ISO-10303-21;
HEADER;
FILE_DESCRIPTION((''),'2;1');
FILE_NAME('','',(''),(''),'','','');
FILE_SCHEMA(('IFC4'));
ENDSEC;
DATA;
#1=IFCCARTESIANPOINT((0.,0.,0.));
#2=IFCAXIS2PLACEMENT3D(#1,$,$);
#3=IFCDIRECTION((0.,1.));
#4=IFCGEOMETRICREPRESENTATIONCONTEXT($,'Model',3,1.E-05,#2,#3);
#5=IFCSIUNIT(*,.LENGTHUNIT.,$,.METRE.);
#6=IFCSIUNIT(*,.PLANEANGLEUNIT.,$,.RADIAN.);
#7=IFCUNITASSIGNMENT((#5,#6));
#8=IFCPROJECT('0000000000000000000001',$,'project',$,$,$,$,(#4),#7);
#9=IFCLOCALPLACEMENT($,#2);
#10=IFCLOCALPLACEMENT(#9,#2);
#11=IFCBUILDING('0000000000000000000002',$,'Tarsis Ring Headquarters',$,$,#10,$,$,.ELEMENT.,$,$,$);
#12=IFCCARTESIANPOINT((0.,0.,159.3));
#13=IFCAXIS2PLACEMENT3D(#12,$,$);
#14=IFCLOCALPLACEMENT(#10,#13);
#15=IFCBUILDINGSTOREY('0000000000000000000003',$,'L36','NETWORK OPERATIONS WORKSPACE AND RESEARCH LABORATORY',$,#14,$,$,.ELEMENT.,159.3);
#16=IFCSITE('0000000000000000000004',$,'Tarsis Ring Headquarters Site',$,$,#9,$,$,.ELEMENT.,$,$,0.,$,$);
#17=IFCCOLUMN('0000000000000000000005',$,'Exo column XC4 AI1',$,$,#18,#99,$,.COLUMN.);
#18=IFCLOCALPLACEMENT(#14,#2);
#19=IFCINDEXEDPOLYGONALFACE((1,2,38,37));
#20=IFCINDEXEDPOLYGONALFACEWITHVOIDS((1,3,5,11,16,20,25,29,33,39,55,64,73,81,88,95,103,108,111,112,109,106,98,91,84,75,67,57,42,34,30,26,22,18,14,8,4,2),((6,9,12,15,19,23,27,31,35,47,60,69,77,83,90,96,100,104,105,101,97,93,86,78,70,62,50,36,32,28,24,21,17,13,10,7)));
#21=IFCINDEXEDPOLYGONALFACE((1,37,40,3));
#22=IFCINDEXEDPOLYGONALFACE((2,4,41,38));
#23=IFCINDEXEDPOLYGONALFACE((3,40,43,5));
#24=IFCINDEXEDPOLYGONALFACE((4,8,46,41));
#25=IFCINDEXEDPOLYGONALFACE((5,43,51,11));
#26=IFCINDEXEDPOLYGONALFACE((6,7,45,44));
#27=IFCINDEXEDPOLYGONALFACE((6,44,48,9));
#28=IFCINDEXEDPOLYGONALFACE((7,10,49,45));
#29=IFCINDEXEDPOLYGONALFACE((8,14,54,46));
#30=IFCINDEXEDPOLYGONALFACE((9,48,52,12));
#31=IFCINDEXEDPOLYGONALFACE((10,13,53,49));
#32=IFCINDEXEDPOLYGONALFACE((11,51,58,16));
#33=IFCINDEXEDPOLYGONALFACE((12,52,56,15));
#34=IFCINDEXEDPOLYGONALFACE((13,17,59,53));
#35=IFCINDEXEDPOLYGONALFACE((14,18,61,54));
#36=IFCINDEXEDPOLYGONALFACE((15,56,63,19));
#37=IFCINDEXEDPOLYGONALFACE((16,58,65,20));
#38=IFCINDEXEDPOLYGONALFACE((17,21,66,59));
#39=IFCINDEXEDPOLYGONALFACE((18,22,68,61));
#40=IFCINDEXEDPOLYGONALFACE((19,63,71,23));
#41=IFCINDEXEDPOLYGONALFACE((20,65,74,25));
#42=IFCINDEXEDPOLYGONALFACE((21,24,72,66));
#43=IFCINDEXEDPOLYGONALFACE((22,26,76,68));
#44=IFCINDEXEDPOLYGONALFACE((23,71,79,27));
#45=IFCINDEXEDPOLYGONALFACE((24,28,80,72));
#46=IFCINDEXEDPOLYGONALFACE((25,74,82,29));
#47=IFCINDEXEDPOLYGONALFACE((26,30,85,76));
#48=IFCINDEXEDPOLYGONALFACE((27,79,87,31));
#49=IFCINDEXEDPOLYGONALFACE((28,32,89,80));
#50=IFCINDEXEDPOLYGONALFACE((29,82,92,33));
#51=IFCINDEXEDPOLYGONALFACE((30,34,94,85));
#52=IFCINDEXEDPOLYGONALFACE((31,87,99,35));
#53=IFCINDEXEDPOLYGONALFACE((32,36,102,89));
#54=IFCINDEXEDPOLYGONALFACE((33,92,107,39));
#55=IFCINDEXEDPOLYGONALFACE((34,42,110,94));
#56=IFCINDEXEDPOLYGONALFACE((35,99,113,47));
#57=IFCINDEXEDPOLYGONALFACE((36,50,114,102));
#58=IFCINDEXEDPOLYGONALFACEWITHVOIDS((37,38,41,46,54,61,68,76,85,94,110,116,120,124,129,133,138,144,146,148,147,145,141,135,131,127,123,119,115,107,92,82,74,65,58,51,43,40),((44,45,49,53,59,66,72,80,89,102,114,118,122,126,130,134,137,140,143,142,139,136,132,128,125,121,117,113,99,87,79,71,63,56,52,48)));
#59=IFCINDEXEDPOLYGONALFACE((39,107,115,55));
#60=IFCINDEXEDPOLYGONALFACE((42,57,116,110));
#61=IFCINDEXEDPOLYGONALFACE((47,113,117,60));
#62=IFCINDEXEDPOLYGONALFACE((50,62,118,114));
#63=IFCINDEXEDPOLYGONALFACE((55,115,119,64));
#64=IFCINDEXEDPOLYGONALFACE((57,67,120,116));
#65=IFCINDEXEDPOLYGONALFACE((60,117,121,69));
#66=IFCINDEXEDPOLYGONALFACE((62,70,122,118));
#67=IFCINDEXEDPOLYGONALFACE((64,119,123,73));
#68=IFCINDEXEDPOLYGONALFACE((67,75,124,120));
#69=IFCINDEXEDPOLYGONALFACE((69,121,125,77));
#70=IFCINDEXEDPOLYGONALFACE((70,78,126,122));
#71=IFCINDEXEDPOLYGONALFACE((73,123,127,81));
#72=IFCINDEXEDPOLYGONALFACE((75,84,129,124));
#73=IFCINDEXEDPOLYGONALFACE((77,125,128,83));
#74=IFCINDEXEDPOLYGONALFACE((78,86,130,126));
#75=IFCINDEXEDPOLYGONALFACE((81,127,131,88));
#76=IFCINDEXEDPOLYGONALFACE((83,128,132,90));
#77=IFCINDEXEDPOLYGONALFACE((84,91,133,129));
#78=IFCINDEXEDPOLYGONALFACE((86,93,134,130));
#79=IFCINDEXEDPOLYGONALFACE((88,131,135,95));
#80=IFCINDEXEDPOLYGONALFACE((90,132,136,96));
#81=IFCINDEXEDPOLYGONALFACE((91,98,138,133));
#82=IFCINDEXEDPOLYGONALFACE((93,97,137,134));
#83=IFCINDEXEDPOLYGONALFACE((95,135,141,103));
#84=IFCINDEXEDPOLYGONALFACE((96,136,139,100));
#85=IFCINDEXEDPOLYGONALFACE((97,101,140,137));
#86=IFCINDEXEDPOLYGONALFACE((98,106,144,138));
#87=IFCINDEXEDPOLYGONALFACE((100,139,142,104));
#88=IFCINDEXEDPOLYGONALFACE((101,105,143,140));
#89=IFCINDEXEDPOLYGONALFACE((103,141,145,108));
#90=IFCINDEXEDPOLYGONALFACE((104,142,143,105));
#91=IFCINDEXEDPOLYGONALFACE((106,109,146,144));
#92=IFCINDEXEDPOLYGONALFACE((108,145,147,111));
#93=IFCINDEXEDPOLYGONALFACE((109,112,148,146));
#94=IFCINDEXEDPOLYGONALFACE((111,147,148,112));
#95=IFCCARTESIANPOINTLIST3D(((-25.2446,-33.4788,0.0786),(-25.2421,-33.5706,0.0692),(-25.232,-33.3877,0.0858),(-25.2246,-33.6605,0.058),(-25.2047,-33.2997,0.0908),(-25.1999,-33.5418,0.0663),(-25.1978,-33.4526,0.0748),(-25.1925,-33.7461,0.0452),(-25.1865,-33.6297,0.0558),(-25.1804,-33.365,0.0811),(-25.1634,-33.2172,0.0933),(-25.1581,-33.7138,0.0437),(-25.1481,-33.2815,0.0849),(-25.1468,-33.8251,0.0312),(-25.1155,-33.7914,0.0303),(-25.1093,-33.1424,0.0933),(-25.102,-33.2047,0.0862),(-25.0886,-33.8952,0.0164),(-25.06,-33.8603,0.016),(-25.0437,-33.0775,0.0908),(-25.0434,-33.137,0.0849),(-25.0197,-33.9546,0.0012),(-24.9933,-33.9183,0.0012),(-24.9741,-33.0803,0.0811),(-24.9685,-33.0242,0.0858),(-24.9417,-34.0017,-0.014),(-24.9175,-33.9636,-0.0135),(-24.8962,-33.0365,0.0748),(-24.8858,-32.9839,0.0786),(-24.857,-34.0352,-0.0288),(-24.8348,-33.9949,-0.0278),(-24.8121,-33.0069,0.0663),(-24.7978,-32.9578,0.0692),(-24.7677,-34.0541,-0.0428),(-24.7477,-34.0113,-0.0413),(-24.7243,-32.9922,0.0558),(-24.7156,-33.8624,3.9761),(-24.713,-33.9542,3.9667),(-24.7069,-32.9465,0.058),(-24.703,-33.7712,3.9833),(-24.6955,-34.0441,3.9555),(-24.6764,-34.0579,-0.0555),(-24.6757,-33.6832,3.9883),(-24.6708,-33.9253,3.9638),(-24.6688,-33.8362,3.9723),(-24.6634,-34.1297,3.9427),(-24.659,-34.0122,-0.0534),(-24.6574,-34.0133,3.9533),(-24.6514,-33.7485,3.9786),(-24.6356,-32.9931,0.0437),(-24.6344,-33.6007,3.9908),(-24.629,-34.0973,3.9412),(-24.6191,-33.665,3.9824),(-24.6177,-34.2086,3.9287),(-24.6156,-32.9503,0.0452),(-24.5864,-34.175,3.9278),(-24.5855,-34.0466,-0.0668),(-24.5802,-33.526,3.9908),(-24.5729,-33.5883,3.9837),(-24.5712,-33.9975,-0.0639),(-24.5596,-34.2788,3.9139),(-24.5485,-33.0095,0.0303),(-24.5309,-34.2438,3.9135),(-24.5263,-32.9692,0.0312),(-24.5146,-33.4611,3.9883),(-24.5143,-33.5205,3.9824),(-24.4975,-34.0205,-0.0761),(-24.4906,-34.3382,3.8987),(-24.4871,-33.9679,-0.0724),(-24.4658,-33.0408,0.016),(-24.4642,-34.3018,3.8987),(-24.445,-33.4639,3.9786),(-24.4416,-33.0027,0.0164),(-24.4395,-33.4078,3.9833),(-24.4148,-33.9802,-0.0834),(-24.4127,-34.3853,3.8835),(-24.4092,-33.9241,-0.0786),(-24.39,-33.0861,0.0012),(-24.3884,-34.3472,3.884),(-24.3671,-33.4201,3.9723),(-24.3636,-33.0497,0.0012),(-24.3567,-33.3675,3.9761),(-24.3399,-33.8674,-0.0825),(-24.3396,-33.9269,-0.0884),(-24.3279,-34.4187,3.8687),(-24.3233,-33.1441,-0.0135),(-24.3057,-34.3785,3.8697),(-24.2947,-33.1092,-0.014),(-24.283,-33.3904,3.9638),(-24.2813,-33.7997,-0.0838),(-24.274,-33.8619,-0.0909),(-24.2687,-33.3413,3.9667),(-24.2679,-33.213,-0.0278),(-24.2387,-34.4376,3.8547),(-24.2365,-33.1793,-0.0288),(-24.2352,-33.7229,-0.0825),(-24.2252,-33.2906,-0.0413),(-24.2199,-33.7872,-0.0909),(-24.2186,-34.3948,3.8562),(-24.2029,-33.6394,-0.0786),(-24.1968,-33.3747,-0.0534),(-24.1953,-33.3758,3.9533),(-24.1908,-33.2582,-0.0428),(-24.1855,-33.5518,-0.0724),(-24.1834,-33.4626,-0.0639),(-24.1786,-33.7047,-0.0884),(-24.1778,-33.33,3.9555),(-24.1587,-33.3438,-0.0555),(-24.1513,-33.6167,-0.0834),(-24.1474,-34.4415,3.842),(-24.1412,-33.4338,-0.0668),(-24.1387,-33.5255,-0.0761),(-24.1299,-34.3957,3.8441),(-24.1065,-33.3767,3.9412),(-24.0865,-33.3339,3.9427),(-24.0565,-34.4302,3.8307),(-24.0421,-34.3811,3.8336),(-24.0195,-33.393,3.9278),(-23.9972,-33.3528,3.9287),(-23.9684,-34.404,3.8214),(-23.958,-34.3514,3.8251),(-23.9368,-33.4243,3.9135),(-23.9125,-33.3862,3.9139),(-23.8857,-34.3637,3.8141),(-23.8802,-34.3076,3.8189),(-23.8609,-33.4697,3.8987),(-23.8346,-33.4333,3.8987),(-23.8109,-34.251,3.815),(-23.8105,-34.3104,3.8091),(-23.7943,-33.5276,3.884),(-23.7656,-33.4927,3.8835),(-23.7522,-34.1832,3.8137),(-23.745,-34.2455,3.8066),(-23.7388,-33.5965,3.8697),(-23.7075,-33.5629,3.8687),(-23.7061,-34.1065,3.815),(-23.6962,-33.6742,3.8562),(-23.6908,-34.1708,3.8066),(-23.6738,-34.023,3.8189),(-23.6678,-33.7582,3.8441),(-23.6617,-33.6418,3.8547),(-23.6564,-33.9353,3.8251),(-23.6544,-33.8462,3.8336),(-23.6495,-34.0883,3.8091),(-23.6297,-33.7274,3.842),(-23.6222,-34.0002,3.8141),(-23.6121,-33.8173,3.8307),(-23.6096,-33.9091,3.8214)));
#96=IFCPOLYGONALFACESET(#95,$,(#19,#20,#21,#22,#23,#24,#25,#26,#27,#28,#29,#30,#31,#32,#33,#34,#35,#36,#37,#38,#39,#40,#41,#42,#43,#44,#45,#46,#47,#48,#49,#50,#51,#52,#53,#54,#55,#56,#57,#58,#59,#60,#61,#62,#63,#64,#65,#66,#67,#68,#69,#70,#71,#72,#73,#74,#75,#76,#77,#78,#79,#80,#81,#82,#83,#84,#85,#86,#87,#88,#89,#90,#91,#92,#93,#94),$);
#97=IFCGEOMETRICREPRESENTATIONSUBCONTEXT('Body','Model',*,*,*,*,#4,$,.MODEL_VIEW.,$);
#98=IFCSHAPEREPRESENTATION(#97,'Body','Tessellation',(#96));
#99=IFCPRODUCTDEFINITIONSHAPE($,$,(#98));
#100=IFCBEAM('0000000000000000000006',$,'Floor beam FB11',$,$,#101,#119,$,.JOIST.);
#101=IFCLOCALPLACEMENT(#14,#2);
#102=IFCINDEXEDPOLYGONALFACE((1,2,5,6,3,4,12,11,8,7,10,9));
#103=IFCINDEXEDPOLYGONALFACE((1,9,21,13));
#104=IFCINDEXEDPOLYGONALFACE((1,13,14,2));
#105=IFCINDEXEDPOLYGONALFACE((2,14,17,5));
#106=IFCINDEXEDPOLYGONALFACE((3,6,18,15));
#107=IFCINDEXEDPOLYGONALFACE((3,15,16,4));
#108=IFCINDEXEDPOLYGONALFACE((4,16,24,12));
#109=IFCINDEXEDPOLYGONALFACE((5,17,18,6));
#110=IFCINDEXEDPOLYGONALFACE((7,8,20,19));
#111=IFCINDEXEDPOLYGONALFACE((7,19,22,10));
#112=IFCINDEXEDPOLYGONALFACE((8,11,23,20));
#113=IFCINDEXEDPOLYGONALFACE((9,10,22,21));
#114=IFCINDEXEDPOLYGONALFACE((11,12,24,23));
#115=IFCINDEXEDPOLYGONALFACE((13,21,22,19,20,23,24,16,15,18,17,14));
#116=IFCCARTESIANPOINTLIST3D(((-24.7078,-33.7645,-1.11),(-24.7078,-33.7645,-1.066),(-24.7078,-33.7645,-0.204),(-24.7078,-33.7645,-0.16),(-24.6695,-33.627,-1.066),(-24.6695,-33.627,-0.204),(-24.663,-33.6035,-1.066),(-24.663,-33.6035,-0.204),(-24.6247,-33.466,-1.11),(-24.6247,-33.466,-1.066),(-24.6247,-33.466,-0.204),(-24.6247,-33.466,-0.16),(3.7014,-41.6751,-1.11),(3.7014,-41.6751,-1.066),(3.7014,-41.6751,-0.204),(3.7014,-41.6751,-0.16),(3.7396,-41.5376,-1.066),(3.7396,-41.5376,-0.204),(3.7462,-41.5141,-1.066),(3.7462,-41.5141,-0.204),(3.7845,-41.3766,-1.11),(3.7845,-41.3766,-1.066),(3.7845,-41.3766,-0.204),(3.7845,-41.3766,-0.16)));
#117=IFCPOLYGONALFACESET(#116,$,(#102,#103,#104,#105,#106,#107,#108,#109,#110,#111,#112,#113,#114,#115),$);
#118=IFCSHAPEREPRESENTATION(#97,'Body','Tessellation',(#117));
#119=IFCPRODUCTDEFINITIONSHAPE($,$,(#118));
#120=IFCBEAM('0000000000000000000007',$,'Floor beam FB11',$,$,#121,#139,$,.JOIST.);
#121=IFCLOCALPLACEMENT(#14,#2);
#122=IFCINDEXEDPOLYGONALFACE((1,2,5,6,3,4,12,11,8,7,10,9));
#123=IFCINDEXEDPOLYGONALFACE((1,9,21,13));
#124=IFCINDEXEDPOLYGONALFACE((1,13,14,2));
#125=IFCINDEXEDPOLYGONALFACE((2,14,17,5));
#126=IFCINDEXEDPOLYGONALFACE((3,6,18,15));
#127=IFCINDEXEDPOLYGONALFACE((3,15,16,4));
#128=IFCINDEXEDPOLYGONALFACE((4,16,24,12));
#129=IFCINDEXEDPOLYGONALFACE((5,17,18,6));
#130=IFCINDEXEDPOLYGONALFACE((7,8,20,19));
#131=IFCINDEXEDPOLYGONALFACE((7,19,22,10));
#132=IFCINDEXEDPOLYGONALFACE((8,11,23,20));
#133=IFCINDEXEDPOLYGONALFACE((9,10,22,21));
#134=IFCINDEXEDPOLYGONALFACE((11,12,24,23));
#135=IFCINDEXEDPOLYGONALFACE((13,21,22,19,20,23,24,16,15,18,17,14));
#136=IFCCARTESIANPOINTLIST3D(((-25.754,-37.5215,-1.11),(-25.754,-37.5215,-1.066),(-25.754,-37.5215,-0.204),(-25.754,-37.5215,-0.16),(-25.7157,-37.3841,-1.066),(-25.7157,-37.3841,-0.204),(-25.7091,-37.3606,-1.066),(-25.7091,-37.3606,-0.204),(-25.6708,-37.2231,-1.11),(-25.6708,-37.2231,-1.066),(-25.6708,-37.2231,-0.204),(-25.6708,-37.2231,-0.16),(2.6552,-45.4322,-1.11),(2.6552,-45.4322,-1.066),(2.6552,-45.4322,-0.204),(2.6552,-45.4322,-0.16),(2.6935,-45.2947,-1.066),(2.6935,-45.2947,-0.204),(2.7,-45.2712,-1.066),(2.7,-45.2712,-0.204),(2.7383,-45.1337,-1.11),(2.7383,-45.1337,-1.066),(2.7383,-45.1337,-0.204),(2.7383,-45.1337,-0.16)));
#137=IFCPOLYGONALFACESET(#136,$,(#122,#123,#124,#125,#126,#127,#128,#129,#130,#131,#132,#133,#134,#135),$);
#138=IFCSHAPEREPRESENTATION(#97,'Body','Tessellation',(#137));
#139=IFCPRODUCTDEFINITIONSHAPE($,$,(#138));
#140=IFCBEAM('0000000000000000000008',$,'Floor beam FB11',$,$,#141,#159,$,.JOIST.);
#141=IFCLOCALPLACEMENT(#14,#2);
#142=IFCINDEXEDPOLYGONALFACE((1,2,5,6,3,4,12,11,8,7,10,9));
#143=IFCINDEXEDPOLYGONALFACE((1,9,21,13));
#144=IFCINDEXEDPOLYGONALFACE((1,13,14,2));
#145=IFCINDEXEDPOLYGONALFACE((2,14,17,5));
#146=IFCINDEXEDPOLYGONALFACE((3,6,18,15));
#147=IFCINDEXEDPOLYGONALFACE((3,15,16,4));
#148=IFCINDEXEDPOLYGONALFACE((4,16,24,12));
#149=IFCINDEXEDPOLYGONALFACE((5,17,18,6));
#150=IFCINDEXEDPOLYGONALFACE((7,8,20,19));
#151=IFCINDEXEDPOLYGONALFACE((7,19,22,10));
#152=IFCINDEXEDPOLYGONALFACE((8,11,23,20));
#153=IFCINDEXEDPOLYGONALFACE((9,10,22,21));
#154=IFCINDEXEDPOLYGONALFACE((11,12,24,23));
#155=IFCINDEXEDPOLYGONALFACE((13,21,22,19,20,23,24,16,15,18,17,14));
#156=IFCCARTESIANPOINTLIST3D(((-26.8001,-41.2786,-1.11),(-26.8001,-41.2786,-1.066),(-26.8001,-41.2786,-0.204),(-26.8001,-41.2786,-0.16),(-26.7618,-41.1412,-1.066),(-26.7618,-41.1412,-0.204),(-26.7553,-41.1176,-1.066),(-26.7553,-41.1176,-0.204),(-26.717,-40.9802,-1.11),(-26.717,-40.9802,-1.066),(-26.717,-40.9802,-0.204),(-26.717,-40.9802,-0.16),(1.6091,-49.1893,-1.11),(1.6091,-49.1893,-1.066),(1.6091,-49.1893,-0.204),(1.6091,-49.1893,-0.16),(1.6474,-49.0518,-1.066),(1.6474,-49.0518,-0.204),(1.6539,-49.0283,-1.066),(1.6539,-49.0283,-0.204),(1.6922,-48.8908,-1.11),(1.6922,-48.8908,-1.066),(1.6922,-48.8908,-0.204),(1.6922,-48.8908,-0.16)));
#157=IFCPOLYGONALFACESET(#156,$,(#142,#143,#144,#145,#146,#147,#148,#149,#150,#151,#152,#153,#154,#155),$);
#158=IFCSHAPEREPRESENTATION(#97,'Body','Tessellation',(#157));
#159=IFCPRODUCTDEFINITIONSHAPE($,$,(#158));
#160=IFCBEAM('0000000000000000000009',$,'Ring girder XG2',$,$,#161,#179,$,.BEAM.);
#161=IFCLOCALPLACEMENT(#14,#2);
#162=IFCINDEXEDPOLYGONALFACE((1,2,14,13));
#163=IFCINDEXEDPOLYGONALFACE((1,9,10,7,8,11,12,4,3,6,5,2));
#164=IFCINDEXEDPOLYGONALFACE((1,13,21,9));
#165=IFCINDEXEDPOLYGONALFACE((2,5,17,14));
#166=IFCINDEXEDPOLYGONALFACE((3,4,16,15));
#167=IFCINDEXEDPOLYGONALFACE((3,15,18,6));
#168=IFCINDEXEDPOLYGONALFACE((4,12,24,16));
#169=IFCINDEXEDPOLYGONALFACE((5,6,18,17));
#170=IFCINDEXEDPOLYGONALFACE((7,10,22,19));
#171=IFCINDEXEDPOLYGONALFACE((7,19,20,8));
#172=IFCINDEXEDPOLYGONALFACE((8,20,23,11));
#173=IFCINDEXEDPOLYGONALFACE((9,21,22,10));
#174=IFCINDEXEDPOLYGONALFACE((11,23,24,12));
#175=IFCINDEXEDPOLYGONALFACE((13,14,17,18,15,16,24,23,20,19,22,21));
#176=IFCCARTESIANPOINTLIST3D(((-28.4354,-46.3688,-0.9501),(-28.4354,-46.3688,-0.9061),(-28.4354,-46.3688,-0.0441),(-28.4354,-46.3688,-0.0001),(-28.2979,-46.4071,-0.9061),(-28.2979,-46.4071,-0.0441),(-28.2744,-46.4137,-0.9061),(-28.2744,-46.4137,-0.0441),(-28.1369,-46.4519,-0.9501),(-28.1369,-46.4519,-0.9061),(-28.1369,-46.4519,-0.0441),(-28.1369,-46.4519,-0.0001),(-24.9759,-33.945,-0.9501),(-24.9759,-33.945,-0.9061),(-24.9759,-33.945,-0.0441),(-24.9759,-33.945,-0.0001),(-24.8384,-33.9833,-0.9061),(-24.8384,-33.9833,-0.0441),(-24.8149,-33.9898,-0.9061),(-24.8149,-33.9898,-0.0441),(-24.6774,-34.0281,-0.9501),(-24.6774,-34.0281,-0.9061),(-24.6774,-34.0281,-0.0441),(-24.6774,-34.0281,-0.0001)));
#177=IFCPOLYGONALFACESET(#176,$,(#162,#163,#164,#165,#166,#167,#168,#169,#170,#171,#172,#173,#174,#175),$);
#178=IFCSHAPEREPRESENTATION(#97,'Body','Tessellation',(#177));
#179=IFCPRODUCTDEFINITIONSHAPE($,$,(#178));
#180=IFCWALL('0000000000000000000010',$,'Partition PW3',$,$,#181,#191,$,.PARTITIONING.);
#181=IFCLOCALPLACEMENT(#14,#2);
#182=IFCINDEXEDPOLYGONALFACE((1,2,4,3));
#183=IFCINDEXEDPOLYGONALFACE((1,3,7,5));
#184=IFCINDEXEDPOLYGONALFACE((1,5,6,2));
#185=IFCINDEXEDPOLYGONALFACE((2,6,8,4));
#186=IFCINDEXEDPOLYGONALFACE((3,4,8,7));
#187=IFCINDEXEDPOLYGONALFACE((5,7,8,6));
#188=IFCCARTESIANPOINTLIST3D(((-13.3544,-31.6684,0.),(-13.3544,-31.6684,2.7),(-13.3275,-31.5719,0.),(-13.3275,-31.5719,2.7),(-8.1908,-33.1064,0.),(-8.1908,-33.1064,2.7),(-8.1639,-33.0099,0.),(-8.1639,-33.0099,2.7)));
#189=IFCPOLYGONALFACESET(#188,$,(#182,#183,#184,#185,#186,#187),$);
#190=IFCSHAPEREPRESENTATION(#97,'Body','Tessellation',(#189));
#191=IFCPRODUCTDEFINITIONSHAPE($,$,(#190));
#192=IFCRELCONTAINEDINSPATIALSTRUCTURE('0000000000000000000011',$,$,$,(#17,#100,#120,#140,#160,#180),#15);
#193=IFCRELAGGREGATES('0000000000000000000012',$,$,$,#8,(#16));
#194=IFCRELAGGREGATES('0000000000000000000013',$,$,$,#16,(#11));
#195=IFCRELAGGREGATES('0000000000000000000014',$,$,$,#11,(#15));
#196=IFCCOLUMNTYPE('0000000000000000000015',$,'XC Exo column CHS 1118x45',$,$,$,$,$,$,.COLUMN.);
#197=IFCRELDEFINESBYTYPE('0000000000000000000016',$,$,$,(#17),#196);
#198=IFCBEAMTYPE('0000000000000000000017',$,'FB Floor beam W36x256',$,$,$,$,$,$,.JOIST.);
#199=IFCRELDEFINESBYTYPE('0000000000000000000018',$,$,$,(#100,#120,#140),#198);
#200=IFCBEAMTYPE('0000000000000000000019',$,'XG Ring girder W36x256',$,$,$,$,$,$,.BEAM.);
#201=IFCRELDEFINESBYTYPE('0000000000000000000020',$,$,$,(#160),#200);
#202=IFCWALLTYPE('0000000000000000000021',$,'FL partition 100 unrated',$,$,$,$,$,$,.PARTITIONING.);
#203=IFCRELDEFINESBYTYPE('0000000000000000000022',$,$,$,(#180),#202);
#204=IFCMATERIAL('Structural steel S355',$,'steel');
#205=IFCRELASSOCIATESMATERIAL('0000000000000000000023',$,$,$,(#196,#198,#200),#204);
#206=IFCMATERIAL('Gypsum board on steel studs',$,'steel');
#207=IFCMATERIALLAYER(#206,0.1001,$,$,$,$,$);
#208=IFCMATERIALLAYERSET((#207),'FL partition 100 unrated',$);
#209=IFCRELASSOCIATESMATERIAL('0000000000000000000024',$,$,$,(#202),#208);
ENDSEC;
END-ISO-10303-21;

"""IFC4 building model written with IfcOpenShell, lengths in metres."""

from ifc_helpers import new_model, si_unit, direction, frame, frame_2d, origin, origin_2d, place, context, subcontext, project, spatial, rectangle, hollow_circle, i_section, extrude, material, layer, layer_set, material_profile, profile_set, type_object, element, save


model = new_model("IFC4")

# Units and contexts
model_context = context("Model", 3, precision=1e-05, world=origin(), true_north=direction((0.0, 1.0)))
body_context = subcontext(model_context, "Body", "Model", "MODEL_VIEW")
ifc_project = project(units=[si_unit("LENGTHUNIT", "METRE"), si_unit("PLANEANGLEUNIT", "RADIAN")], contexts=[model_context])

# Site, building, storey
site_placement = place(None, origin())
site = spatial("IfcSite", under=ifc_project, at=site_placement, Name="Tarsis Ring Headquarters Site", CompositionType="ELEMENT", RefElevation=0.0)
building_placement = place(site_placement, origin())
building = spatial("IfcBuilding", under=site, at=building_placement, Name="Tarsis Ring Headquarters", CompositionType="ELEMENT")
storey_placement = place(building_placement, frame((0.0, 0.0, 159.3)))
storey = spatial("IfcBuildingStorey", under=building, at=storey_placement, Name="L36", Description="NETWORK OPERATIONS WORKSPACE AND RESEARCH LABORATORY", CompositionType="ELEMENT", Elevation=159.3)

# Column
ifc_material_1 = material(Name="Structural steel S355", Category="steel")
ifc_material_profile_1 = material_profile(ifc_material_1, hollow_circle(Radius=0.5588, WallThickness=0.0449, at=origin_2d()), Name="CHS 1118x45")
ifc_profile_set_1 = profile_set([ifc_material_profile_1], Name="Structural steel S355")
column_type = type_object("IfcColumnType", Name="XC Exo column CHS 1118x45", PredefinedType="COLUMN", material=ifc_profile_set_1)
column_placement = place(storey_placement, frame((-24.6917, -33.5022, 0.0012), z_axis=(0.133874, -0.097054, 0.986234), x_axis=(0.586949, 0.809624, 0.0)))
element("IfcColumn", 1, at=column_placement, inside=storey, type_object=column_type, Name="Exo column XC4 AI1", PredefinedType="COLUMN", context=body_context, shape_type="SweptSolid", body=[
    extrude(hollow_circle(Radius=0.5588, WallThickness=0.0449, at=origin_2d()), origin(), (0.0, 0.0, 1.0), 3.9519),
])

# Beams
ifc_material_profile_2 = material_profile(ifc_material_1, i_section(OverallWidth=0.3098, OverallDepth=0.95, WebThickness=0.0244, FlangeThickness=0.0439, at=origin_2d()), Name="W36x256")
ifc_profile_set_2 = profile_set([ifc_material_profile_2], Name="Structural steel S355")
beam_type_1 = type_object("IfcBeamType", Name="FB Floor beam W36x256", PredefinedType="JOIST", material=ifc_profile_set_2)
for number, where, z_axis, x_axis, name in (
    (2, (-24.6663, -33.6152, -0.635), (0.96335, -0.268248, 0.0), (0.268248, 0.96335, 0.0), "Floor beam FB11"),
    (3, (-25.7124, -37.3723, -0.635), (0.96335, -0.268248, 0.0), (0.268248, 0.96335, 0.0), "Floor beam FB11"),
    (4, (-26.7585, -41.1294, -0.635), (0.96335, -0.268248, 0.0), (0.268248, 0.96335, 0.0), "Floor beam FB11"),
):
    element("IfcBeam", number, at=place(storey_placement, frame(where, z_axis=z_axis, x_axis=x_axis)), inside=storey, type_object=beam_type_1, Name=name, PredefinedType="JOIST", context=body_context, shape_type="SweptSolid", body=[
        extrude(i_section(OverallWidth=0.3098, OverallDepth=0.95, WebThickness=0.0244, FlangeThickness=0.0439, at=origin_2d()), origin(), (0.0, 0.0, 1.0), 29.49),
    ])
beam_type_2 = type_object("IfcBeamType", Name="XG Ring girder W36x256", PredefinedType="BEAM", material=ifc_profile_set_2)
beam_placement = place(storey_placement, frame((-24.8267, -33.9866, -0.4751), z_axis=(-0.268249, -0.96335, 0.0), x_axis=(0.96335, -0.268249, 0.0)))
element("IfcBeam", 5, at=beam_placement, inside=storey, type_object=beam_type_2, Name="Ring girder XG2", PredefinedType="BEAM", context=body_context, shape_type="SweptSolid", body=[
    extrude(i_section(OverallWidth=0.3098, OverallDepth=0.95, WebThickness=0.0244, FlangeThickness=0.0439, at=origin_2d()), origin(), (0.0, 0.0, 1.0), 12.8965),
])

# Wall
ifc_material_2 = material(Name="Gypsum board on steel studs", Category="steel")
ifc_layer_1 = layer(ifc_material_2, 0.1001)
ifc_layer_set_1 = layer_set([ifc_layer_1], Name="FL partition 100 unrated")
wall_type_1 = type_object("IfcWallType", Name="FL partition 100 unrated", PredefinedType="PARTITIONING", material=ifc_layer_set_1)
wall_1_placement = place(storey_placement, frame((-13.3411, -31.6201, 0.0), z_axis=(0.0, 0.0, 1.0), x_axis=(0.963342, -0.268278, 0.0)))
element("IfcWall", 6, at=wall_1_placement, inside=storey, type_object=wall_type_1, Name="Partition PW3", PredefinedType="PARTITIONING", context=body_context, shape_type="SweptSolid", body=[
    extrude(rectangle(XDim=5.3601, YDim=0.1001, at=frame_2d((2.6802, 0.0))), origin(), (0.0, 0.0, 1.0), 2.7),
])

save(model, "model.ifc")
